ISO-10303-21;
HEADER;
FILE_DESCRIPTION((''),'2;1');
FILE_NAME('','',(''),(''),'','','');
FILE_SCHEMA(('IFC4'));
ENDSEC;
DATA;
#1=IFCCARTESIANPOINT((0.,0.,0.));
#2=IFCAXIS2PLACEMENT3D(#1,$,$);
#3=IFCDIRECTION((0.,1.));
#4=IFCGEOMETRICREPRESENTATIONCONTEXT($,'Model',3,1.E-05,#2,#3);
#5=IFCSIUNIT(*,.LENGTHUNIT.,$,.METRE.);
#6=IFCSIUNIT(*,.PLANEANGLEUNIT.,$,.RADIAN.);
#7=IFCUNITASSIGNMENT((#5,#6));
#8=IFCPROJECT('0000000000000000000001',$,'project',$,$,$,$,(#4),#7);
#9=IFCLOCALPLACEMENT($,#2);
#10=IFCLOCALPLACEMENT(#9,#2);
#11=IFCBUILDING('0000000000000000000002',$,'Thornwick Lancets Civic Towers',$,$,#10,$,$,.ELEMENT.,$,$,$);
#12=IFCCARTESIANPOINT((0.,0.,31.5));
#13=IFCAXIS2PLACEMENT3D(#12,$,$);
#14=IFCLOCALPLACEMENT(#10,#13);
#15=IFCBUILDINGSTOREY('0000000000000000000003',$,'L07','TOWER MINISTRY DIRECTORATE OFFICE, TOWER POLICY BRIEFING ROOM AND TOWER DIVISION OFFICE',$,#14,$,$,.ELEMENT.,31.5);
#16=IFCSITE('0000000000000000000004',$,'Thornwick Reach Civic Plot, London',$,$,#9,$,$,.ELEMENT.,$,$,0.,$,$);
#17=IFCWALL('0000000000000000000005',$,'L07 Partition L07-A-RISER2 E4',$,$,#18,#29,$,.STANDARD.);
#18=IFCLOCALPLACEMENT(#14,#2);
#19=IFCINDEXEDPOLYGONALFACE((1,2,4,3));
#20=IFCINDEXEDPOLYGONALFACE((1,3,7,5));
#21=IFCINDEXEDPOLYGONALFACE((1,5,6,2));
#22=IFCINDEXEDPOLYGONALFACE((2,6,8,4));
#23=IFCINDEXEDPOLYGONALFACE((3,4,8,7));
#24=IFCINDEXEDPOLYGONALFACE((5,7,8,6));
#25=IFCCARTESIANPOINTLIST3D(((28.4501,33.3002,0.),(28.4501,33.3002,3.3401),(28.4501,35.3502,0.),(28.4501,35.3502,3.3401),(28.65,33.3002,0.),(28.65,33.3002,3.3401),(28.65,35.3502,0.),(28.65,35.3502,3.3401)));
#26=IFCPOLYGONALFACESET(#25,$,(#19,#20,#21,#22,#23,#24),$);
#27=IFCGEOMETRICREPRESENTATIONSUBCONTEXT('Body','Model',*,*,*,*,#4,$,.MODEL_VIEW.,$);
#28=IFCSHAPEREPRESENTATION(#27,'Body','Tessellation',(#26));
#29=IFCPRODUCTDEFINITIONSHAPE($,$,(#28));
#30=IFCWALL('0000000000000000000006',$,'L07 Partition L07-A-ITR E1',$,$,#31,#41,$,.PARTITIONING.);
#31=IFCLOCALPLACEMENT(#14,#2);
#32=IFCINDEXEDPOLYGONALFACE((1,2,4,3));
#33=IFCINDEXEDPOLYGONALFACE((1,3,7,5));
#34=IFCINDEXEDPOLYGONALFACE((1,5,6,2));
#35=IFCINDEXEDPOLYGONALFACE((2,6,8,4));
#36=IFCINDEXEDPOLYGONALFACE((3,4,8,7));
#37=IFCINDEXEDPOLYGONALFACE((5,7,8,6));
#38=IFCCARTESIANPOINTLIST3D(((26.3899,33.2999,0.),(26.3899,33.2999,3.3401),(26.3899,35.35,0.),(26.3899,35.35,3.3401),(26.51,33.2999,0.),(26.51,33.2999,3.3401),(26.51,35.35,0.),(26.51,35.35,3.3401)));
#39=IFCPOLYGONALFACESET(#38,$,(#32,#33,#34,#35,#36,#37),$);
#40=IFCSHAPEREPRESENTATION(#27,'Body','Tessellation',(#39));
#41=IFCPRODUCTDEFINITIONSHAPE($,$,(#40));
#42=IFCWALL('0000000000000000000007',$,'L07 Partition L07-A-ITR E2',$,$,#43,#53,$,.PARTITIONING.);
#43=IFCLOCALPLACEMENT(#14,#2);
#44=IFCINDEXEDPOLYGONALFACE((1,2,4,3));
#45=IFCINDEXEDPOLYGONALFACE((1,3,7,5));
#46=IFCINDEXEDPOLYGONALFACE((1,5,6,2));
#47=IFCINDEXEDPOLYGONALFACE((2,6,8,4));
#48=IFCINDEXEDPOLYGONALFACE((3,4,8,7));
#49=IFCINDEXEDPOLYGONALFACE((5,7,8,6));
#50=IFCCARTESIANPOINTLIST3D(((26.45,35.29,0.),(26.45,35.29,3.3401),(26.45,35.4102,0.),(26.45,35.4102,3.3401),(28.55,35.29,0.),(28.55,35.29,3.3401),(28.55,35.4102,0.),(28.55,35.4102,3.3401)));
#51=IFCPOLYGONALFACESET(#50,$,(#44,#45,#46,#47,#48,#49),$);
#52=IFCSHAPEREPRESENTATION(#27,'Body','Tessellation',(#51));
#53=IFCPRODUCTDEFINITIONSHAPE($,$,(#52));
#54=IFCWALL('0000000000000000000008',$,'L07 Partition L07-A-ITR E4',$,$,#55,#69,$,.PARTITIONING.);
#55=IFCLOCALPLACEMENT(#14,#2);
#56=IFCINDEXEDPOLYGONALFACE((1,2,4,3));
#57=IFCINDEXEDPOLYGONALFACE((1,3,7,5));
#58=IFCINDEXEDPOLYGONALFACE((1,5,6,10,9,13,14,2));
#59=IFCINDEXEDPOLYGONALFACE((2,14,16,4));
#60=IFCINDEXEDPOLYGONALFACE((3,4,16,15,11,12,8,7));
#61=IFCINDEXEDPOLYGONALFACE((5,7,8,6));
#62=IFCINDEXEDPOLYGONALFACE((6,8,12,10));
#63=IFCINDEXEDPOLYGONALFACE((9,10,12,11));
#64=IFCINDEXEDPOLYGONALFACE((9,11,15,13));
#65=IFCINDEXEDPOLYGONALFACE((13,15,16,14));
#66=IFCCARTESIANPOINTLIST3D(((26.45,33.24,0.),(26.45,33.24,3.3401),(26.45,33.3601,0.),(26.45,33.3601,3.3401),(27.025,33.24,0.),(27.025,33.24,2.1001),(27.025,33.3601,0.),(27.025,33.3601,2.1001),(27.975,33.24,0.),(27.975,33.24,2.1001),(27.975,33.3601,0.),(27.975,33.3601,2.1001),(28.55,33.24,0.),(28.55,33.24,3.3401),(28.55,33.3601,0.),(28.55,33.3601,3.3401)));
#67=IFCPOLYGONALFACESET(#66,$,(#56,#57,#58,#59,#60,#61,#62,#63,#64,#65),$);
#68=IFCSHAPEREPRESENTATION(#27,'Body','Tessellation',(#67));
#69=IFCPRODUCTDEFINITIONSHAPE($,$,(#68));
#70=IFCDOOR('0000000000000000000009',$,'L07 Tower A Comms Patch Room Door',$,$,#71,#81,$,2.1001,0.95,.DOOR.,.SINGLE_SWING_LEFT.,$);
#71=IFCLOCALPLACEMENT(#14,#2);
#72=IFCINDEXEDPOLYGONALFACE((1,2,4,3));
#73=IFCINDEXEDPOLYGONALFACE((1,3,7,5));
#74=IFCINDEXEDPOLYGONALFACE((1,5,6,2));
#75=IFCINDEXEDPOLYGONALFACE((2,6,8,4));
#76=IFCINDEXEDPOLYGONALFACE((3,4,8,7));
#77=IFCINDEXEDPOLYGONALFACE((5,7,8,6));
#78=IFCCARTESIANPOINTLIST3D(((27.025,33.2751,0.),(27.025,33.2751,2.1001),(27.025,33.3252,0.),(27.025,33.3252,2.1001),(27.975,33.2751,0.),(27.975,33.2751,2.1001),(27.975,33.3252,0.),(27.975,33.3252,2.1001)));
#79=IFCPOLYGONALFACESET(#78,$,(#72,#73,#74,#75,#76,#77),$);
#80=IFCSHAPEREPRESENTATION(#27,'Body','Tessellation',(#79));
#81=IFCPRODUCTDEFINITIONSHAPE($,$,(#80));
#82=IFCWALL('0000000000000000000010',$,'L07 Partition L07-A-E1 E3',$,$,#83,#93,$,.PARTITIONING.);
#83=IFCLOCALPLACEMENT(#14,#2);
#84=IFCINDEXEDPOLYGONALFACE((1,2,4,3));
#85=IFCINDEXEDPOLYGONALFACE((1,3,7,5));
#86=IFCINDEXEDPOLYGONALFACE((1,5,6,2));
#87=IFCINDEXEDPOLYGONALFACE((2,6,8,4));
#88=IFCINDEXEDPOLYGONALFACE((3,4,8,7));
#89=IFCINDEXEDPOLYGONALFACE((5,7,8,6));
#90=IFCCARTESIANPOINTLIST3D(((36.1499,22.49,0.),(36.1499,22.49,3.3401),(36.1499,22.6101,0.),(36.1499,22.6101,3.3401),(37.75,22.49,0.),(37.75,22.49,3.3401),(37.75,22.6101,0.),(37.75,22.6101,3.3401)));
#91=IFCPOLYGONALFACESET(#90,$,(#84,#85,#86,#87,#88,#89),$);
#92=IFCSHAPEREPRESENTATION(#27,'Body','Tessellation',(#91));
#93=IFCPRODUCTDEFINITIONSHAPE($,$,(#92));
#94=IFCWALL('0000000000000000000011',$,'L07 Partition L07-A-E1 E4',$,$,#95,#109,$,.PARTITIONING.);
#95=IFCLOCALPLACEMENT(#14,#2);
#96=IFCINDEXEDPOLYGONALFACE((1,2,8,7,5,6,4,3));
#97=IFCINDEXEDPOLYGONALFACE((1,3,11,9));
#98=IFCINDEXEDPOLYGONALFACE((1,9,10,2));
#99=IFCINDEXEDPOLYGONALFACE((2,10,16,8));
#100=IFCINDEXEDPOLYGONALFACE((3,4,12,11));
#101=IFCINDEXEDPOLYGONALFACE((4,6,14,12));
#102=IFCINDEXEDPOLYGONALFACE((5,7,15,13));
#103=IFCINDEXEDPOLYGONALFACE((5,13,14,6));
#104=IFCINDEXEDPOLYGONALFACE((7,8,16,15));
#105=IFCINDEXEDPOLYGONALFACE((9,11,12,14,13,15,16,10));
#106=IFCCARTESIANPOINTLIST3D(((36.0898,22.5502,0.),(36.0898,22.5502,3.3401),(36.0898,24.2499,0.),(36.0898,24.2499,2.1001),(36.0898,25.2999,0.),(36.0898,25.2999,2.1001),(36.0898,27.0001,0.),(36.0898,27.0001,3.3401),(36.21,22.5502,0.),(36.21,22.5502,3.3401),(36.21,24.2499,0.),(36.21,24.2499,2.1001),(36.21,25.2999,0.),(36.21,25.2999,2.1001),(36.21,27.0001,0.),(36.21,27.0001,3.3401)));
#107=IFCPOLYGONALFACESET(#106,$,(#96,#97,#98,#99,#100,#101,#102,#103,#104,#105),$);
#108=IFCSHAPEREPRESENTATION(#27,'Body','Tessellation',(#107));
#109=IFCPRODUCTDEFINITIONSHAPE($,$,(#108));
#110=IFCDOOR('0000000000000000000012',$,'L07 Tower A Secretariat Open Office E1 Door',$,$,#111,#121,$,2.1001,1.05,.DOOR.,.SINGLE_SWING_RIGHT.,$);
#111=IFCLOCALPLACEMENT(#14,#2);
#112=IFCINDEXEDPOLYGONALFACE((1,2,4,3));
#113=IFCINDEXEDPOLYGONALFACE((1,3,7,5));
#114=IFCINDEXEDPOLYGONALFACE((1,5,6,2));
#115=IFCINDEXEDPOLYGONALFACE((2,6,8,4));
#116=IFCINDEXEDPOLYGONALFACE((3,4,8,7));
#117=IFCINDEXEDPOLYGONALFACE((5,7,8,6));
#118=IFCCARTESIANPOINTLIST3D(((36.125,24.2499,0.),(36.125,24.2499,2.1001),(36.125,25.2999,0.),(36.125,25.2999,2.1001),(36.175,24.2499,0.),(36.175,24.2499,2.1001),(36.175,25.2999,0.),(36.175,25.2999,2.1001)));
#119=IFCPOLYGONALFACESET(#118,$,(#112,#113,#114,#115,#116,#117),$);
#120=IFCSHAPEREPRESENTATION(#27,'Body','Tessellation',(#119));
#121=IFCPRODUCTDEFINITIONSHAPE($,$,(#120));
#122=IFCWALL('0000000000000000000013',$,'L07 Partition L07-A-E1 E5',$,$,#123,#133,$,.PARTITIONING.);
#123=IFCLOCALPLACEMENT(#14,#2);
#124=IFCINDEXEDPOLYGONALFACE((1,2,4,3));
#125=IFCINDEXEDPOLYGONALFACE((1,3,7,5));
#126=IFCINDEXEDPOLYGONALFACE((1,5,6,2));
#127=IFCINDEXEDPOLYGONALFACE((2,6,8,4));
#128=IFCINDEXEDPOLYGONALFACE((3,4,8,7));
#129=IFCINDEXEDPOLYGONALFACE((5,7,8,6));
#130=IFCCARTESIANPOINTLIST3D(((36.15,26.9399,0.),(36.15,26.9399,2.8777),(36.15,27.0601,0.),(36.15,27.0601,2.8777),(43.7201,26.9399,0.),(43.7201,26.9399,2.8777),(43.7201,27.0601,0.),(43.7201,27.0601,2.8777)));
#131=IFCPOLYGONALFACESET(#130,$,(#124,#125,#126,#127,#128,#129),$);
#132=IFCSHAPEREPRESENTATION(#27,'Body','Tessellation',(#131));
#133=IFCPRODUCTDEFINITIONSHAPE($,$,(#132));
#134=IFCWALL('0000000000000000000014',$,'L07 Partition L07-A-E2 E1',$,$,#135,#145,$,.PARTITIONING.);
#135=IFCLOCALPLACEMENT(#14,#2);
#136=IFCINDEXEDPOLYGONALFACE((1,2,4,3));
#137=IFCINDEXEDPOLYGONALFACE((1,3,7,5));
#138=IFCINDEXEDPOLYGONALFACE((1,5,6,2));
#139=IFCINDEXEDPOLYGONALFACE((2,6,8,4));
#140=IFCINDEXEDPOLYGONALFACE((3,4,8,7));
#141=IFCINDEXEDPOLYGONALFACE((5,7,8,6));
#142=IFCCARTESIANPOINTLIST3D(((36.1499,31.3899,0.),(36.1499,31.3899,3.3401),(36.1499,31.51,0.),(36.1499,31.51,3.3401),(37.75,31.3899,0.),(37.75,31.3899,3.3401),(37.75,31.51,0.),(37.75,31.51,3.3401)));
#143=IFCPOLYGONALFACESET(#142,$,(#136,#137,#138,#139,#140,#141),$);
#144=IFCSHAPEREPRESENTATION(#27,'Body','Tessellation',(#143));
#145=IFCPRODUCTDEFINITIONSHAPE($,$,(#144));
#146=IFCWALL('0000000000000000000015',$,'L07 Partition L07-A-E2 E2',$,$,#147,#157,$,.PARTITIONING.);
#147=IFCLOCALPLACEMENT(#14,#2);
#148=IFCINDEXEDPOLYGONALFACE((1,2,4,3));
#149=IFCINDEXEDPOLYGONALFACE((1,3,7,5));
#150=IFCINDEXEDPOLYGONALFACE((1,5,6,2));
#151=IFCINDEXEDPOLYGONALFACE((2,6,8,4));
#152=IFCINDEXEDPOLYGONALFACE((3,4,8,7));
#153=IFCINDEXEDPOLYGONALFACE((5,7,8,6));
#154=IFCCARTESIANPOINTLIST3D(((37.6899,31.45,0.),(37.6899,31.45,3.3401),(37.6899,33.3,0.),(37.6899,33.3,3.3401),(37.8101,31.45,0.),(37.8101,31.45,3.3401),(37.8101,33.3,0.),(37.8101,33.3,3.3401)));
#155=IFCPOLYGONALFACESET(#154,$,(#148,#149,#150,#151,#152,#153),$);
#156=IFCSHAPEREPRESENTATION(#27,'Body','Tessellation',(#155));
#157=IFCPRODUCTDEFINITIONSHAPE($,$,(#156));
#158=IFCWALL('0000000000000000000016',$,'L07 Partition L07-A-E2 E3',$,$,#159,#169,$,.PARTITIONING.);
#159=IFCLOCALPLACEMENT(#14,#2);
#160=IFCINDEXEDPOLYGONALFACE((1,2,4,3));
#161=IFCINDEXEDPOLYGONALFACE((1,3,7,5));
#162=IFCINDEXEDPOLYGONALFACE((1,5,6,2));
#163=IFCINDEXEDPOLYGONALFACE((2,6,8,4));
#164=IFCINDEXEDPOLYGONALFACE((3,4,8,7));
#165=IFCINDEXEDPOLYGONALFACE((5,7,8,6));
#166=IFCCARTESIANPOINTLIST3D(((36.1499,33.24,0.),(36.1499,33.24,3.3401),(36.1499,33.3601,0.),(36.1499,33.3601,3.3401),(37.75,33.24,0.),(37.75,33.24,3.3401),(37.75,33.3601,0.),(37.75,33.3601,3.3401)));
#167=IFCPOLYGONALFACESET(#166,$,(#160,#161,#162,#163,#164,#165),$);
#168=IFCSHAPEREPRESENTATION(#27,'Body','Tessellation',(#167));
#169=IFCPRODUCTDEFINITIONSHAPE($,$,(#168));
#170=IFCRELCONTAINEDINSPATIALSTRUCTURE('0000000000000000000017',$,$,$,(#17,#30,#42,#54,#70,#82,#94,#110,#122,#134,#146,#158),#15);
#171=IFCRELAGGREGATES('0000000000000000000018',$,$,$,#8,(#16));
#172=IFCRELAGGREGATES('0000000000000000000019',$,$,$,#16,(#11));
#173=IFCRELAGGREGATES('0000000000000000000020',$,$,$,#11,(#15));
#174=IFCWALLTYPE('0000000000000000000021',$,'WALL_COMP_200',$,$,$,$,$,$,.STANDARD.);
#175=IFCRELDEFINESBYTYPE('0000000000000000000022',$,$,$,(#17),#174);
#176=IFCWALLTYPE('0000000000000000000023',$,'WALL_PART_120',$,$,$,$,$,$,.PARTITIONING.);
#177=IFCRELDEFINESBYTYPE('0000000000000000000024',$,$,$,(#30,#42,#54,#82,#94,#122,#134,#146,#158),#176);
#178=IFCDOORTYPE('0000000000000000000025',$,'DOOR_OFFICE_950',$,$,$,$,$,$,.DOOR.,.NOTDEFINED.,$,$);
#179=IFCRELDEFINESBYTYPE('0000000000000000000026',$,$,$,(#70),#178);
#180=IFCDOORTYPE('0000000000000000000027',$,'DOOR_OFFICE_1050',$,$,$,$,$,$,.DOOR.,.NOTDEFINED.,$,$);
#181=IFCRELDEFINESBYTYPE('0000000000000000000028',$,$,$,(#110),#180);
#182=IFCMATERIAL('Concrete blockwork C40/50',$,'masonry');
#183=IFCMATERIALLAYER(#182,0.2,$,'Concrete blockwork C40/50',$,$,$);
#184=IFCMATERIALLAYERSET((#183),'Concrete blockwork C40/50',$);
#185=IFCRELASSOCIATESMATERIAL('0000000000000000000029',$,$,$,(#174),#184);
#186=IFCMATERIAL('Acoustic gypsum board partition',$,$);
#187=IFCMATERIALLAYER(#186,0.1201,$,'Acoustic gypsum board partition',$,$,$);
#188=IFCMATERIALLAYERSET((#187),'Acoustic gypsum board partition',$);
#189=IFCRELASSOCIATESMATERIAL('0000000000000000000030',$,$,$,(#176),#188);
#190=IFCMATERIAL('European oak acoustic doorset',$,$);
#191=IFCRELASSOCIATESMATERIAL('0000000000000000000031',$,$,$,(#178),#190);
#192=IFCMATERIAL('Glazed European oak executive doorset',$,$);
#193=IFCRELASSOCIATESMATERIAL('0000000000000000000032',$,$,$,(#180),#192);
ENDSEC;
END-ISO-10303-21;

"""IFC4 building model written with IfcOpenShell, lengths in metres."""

from ifc_helpers import new_model, si_unit, direction, frame, frame_2d, origin, place, context, subcontext, project, spatial, rectangle, extrude, material, layer, layer_set, type_object, element, fill, save


model = new_model("IFC4")

# Units and contexts
model_context = context("Model", 3, precision=1e-05, world=origin(), true_north=direction((0.0, 1.0)))
body_context = subcontext(model_context, "Body", "Model", "MODEL_VIEW")
ifc_project = project(units=[si_unit("LENGTHUNIT", "METRE"), si_unit("PLANEANGLEUNIT", "RADIAN")], contexts=[model_context])

# Site, building, storey
site_placement = place(None, origin())
site = spatial("IfcSite", under=ifc_project, at=site_placement, Name="Thornwick Reach Civic Plot, London", CompositionType="ELEMENT", RefElevation=0.0)
building_placement = place(site_placement, origin())
building = spatial("IfcBuilding", under=site, at=building_placement, Name="Thornwick Lancets Civic Towers", CompositionType="ELEMENT")
storey_placement = place(building_placement, frame((0.0, 0.0, 31.5)))
storey = spatial("IfcBuildingStorey", under=building, at=storey_placement, Name="L07", Description="TOWER MINISTRY DIRECTORATE OFFICE, TOWER POLICY BRIEFING ROOM AND TOWER DIVISION OFFICE", CompositionType="ELEMENT", Elevation=31.5)

# Shared definitions
ifc_material_1 = material(Name="Concrete blockwork C40/50", Category="masonry")
ifc_layer_1 = layer(ifc_material_1, 0.2, Name="Concrete blockwork C40/50")
ifc_layer_set_1 = layer_set([ifc_layer_1], Name="Concrete blockwork C40/50")
wall_type_1 = type_object("IfcWallType", Name="WALL_COMP_200", PredefinedType="STANDARD", material=ifc_layer_set_1)

# Walls
wall_1_placement = place(storey_placement, frame((28.55, 35.3501, 0.0), z_axis=(0.0, 0.0, 1.0), x_axis=(0.0, -1.0, 0.0)))
element("IfcWall", 1, at=wall_1_placement, inside=storey, type_object=wall_type_1, Name="L07 Partition L07-A-RISER2 E4", PredefinedType="STANDARD", context=body_context, shape_type="SweptSolid", body=[
    extrude(rectangle(XDim=2.05, YDim=0.2, at=frame_2d((1.0249, 0.0))), origin(), (0.0, 0.0, 1.0), 3.3401),
])
ifc_material_2 = material(Name="Acoustic gypsum board partition")
ifc_layer_2 = layer(ifc_material_2, 0.1201, Name="Acoustic gypsum board partition")
ifc_layer_set_2 = layer_set([ifc_layer_2], Name="Acoustic gypsum board partition")
wall_type_2 = type_object("IfcWallType", Name="WALL_PART_120", PredefinedType="PARTITIONING", material=ifc_layer_set_2)
wall_2_placement = place(storey_placement, frame((26.45, 33.3, 0.0), z_axis=(0.0, 0.0, 1.0), x_axis=(0.0, 1.0, 0.0)))
element("IfcWall", 2, at=wall_2_placement, inside=storey, type_object=wall_type_2, Name="L07 Partition L07-A-ITR E1", PredefinedType="PARTITIONING", context=body_context, shape_type="SweptSolid", body=[
    extrude(rectangle(XDim=2.05, YDim=0.1201, at=frame_2d((1.0249, 0.0))), origin(), (0.0, 0.0, 1.0), 3.3401),
])
wall_3_placement = place(storey_placement, frame((26.45, 35.3501, 0.0), z_axis=(0.0, 0.0, 1.0), x_axis=(1.0, 0.0, 0.0)))
element("IfcWall", 3, at=wall_3_placement, inside=storey, type_object=wall_type_2, Name="L07 Partition L07-A-ITR E2", PredefinedType="PARTITIONING", context=body_context, shape_type="SweptSolid", body=[
    extrude(rectangle(XDim=2.1001, YDim=0.1201, at=frame_2d((1.05, 0.0))), origin(), (0.0, 0.0, 1.0), 3.3401),
])

# Wall, opening, door
wall_4_placement = place(storey_placement, frame((28.55, 33.3, 0.0), z_axis=(0.0, 0.0, 1.0), x_axis=(-1.0, 0.0, 0.0)))
wall_4 = element("IfcWall", 4, at=wall_4_placement, inside=storey, type_object=wall_type_2, Name="L07 Partition L07-A-ITR E4", PredefinedType="PARTITIONING", context=body_context, shape_type="SweptSolid", body=[
    extrude(rectangle(XDim=2.1001, YDim=0.1201, at=frame_2d((1.05, 0.0))), origin(), (0.0, 0.0, 1.0), 3.3401),
])
opening_1_placement = place(wall_4_placement, frame((0.575, 0.0, 0.0)))
opening_1 = element("IfcOpeningElement", 5, at=opening_1_placement, cuts=wall_4, PredefinedType="OPENING", context=body_context, shape_type="SweptSolid", body=[
    extrude(rectangle(XDim=0.95, YDim=2.1001, at=frame_2d((0.4751, 1.05))), frame((0.0, 0.0701, 0.0), z_axis=(0.0, -1.0, 0.0), x_axis=(1.0, 0.0, 0.0)), (0.0, 0.0, 1.0), 0.1401),
])
ifc_material_3 = material(Name="European oak acoustic doorset")
door_type_1 = type_object("IfcDoorType", Name="DOOR_OFFICE_950", OperationType="NOTDEFINED", PredefinedType="DOOR", material=ifc_material_3)
door_1_placement = place(opening_1_placement, origin())
door_1 = element("IfcDoor", 6, at=door_1_placement, inside=storey, type_object=door_type_1, Name="L07 Tower A Comms Patch Room Door", OperationType="SINGLE_SWING_LEFT", OverallHeight=2.1001, OverallWidth=0.95, PredefinedType="DOOR", context=body_context, shape_type="SweptSolid", body=[
    extrude(rectangle(XDim=0.95, YDim=2.1001, at=frame_2d((0.4751, 1.05))), frame((0.0, 0.0249, 0.0), z_axis=(0.0, -1.0, 0.0), x_axis=(1.0, 0.0, 0.0)), (0.0, 0.0, 1.0), 0.05),
])
fill(opening_1, door_1)

# Wall
wall_5_placement = place(storey_placement, frame((37.75, 22.55, 0.0), z_axis=(0.0, 0.0, 1.0), x_axis=(-1.0, 0.0, 0.0)))
element("IfcWall", 7, at=wall_5_placement, inside=storey, type_object=wall_type_2, Name="L07 Partition L07-A-E1 E3", PredefinedType="PARTITIONING", context=body_context, shape_type="SweptSolid", body=[
    extrude(rectangle(XDim=1.6001, YDim=0.1201, at=frame_2d((0.8, 0.0))), origin(), (0.0, 0.0, 1.0), 3.3401),
])

# Wall, opening, door
wall_6_placement = place(storey_placement, frame((36.1499, 22.55, 0.0), z_axis=(0.0, 0.0, 1.0), x_axis=(0.0, 1.0, 0.0)))
wall_6 = element("IfcWall", 8, at=wall_6_placement, inside=storey, type_object=wall_type_2, Name="L07 Partition L07-A-E1 E4", PredefinedType="PARTITIONING", context=body_context, shape_type="SweptSolid", body=[
    extrude(rectangle(XDim=4.45, YDim=0.1201, at=frame_2d((2.2251, 0.0))), origin(), (0.0, 0.0, 1.0), 3.3401),
])
opening_2_placement = place(wall_6_placement, frame((1.7, 0.0, 0.0)))
opening_2 = element("IfcOpeningElement", 9, at=opening_2_placement, cuts=wall_6, PredefinedType="OPENING", context=body_context, shape_type="SweptSolid", body=[
    extrude(rectangle(XDim=1.05, YDim=2.1001, at=frame_2d((0.5249, 1.05))), frame((0.0, 0.0701, 0.0), z_axis=(0.0, -1.0, 0.0), x_axis=(1.0, 0.0, 0.0)), (0.0, 0.0, 1.0), 0.1401),
])
ifc_material_4 = material(Name="Glazed European oak executive doorset")
door_type_2 = type_object("IfcDoorType", Name="DOOR_OFFICE_1050", OperationType="NOTDEFINED", PredefinedType="DOOR", material=ifc_material_4)
door_2_placement = place(opening_2_placement, origin())
door_2 = element("IfcDoor", 10, at=door_2_placement, inside=storey, type_object=door_type_2, Name="L07 Tower A Secretariat Open Office E1 Door", OperationType="SINGLE_SWING_RIGHT", OverallHeight=2.1001, OverallWidth=1.05, PredefinedType="DOOR", context=body_context, shape_type="SweptSolid", body=[
    extrude(rectangle(XDim=1.05, YDim=2.1001, at=frame_2d((0.5249, 1.05))), frame((0.0, 0.0249, 0.0), z_axis=(0.0, -1.0, 0.0), x_axis=(1.0, 0.0, 0.0)), (0.0, 0.0, 1.0), 0.05),
])
fill(opening_2, door_2)

# Walls
wall_7_placement = place(storey_placement, frame((36.1499, 27.0, 0.0), z_axis=(0.0, 0.0, 1.0), x_axis=(1.0, 0.0, 0.0)))
element("IfcWall", 11, at=wall_7_placement, inside=storey, type_object=wall_type_2, Name="L07 Partition L07-A-E1 E5", PredefinedType="PARTITIONING", context=body_context, shape_type="SweptSolid", body=[
    extrude(rectangle(XDim=7.5701, YDim=0.1201, at=frame_2d((3.7852, 0.0))), origin(), (0.0, 0.0, 1.0), 2.8777),
])
wall_8_placement = place(storey_placement, frame((36.1499, 31.45, 0.0), z_axis=(0.0, 0.0, 1.0), x_axis=(1.0, 0.0, 0.0)))
element("IfcWall", 12, at=wall_8_placement, inside=storey, type_object=wall_type_2, Name="L07 Partition L07-A-E2 E1", PredefinedType="PARTITIONING", context=body_context, shape_type="SweptSolid", body=[
    extrude(rectangle(XDim=1.6001, YDim=0.1201, at=frame_2d((0.8, 0.0))), origin(), (0.0, 0.0, 1.0), 3.3401),
])
wall_9_placement = place(storey_placement, frame((37.75, 31.45, 0.0), z_axis=(0.0, 0.0, 1.0), x_axis=(0.0, 1.0, 0.0)))
element("IfcWall", 13, at=wall_9_placement, inside=storey, type_object=wall_type_2, Name="L07 Partition L07-A-E2 E2", PredefinedType="PARTITIONING", context=body_context, shape_type="SweptSolid", body=[
    extrude(rectangle(XDim=1.8501, YDim=0.1201, at=frame_2d((0.925, 0.0))), origin(), (0.0, 0.0, 1.0), 3.3401),
])
wall_10_placement = place(storey_placement, frame((37.75, 33.3, 0.0), z_axis=(0.0, 0.0, 1.0), x_axis=(-1.0, 0.0, 0.0)))
element("IfcWall", 14, at=wall_10_placement, inside=storey, type_object=wall_type_2, Name="L07 Partition L07-A-E2 E3", PredefinedType="PARTITIONING", context=body_context, shape_type="SweptSolid", body=[
    extrude(rectangle(XDim=1.6001, YDim=0.1201, at=frame_2d((0.8, 0.0))), origin(), (0.0, 0.0, 1.0), 3.3401),
])

save(model, "model.ifc")
